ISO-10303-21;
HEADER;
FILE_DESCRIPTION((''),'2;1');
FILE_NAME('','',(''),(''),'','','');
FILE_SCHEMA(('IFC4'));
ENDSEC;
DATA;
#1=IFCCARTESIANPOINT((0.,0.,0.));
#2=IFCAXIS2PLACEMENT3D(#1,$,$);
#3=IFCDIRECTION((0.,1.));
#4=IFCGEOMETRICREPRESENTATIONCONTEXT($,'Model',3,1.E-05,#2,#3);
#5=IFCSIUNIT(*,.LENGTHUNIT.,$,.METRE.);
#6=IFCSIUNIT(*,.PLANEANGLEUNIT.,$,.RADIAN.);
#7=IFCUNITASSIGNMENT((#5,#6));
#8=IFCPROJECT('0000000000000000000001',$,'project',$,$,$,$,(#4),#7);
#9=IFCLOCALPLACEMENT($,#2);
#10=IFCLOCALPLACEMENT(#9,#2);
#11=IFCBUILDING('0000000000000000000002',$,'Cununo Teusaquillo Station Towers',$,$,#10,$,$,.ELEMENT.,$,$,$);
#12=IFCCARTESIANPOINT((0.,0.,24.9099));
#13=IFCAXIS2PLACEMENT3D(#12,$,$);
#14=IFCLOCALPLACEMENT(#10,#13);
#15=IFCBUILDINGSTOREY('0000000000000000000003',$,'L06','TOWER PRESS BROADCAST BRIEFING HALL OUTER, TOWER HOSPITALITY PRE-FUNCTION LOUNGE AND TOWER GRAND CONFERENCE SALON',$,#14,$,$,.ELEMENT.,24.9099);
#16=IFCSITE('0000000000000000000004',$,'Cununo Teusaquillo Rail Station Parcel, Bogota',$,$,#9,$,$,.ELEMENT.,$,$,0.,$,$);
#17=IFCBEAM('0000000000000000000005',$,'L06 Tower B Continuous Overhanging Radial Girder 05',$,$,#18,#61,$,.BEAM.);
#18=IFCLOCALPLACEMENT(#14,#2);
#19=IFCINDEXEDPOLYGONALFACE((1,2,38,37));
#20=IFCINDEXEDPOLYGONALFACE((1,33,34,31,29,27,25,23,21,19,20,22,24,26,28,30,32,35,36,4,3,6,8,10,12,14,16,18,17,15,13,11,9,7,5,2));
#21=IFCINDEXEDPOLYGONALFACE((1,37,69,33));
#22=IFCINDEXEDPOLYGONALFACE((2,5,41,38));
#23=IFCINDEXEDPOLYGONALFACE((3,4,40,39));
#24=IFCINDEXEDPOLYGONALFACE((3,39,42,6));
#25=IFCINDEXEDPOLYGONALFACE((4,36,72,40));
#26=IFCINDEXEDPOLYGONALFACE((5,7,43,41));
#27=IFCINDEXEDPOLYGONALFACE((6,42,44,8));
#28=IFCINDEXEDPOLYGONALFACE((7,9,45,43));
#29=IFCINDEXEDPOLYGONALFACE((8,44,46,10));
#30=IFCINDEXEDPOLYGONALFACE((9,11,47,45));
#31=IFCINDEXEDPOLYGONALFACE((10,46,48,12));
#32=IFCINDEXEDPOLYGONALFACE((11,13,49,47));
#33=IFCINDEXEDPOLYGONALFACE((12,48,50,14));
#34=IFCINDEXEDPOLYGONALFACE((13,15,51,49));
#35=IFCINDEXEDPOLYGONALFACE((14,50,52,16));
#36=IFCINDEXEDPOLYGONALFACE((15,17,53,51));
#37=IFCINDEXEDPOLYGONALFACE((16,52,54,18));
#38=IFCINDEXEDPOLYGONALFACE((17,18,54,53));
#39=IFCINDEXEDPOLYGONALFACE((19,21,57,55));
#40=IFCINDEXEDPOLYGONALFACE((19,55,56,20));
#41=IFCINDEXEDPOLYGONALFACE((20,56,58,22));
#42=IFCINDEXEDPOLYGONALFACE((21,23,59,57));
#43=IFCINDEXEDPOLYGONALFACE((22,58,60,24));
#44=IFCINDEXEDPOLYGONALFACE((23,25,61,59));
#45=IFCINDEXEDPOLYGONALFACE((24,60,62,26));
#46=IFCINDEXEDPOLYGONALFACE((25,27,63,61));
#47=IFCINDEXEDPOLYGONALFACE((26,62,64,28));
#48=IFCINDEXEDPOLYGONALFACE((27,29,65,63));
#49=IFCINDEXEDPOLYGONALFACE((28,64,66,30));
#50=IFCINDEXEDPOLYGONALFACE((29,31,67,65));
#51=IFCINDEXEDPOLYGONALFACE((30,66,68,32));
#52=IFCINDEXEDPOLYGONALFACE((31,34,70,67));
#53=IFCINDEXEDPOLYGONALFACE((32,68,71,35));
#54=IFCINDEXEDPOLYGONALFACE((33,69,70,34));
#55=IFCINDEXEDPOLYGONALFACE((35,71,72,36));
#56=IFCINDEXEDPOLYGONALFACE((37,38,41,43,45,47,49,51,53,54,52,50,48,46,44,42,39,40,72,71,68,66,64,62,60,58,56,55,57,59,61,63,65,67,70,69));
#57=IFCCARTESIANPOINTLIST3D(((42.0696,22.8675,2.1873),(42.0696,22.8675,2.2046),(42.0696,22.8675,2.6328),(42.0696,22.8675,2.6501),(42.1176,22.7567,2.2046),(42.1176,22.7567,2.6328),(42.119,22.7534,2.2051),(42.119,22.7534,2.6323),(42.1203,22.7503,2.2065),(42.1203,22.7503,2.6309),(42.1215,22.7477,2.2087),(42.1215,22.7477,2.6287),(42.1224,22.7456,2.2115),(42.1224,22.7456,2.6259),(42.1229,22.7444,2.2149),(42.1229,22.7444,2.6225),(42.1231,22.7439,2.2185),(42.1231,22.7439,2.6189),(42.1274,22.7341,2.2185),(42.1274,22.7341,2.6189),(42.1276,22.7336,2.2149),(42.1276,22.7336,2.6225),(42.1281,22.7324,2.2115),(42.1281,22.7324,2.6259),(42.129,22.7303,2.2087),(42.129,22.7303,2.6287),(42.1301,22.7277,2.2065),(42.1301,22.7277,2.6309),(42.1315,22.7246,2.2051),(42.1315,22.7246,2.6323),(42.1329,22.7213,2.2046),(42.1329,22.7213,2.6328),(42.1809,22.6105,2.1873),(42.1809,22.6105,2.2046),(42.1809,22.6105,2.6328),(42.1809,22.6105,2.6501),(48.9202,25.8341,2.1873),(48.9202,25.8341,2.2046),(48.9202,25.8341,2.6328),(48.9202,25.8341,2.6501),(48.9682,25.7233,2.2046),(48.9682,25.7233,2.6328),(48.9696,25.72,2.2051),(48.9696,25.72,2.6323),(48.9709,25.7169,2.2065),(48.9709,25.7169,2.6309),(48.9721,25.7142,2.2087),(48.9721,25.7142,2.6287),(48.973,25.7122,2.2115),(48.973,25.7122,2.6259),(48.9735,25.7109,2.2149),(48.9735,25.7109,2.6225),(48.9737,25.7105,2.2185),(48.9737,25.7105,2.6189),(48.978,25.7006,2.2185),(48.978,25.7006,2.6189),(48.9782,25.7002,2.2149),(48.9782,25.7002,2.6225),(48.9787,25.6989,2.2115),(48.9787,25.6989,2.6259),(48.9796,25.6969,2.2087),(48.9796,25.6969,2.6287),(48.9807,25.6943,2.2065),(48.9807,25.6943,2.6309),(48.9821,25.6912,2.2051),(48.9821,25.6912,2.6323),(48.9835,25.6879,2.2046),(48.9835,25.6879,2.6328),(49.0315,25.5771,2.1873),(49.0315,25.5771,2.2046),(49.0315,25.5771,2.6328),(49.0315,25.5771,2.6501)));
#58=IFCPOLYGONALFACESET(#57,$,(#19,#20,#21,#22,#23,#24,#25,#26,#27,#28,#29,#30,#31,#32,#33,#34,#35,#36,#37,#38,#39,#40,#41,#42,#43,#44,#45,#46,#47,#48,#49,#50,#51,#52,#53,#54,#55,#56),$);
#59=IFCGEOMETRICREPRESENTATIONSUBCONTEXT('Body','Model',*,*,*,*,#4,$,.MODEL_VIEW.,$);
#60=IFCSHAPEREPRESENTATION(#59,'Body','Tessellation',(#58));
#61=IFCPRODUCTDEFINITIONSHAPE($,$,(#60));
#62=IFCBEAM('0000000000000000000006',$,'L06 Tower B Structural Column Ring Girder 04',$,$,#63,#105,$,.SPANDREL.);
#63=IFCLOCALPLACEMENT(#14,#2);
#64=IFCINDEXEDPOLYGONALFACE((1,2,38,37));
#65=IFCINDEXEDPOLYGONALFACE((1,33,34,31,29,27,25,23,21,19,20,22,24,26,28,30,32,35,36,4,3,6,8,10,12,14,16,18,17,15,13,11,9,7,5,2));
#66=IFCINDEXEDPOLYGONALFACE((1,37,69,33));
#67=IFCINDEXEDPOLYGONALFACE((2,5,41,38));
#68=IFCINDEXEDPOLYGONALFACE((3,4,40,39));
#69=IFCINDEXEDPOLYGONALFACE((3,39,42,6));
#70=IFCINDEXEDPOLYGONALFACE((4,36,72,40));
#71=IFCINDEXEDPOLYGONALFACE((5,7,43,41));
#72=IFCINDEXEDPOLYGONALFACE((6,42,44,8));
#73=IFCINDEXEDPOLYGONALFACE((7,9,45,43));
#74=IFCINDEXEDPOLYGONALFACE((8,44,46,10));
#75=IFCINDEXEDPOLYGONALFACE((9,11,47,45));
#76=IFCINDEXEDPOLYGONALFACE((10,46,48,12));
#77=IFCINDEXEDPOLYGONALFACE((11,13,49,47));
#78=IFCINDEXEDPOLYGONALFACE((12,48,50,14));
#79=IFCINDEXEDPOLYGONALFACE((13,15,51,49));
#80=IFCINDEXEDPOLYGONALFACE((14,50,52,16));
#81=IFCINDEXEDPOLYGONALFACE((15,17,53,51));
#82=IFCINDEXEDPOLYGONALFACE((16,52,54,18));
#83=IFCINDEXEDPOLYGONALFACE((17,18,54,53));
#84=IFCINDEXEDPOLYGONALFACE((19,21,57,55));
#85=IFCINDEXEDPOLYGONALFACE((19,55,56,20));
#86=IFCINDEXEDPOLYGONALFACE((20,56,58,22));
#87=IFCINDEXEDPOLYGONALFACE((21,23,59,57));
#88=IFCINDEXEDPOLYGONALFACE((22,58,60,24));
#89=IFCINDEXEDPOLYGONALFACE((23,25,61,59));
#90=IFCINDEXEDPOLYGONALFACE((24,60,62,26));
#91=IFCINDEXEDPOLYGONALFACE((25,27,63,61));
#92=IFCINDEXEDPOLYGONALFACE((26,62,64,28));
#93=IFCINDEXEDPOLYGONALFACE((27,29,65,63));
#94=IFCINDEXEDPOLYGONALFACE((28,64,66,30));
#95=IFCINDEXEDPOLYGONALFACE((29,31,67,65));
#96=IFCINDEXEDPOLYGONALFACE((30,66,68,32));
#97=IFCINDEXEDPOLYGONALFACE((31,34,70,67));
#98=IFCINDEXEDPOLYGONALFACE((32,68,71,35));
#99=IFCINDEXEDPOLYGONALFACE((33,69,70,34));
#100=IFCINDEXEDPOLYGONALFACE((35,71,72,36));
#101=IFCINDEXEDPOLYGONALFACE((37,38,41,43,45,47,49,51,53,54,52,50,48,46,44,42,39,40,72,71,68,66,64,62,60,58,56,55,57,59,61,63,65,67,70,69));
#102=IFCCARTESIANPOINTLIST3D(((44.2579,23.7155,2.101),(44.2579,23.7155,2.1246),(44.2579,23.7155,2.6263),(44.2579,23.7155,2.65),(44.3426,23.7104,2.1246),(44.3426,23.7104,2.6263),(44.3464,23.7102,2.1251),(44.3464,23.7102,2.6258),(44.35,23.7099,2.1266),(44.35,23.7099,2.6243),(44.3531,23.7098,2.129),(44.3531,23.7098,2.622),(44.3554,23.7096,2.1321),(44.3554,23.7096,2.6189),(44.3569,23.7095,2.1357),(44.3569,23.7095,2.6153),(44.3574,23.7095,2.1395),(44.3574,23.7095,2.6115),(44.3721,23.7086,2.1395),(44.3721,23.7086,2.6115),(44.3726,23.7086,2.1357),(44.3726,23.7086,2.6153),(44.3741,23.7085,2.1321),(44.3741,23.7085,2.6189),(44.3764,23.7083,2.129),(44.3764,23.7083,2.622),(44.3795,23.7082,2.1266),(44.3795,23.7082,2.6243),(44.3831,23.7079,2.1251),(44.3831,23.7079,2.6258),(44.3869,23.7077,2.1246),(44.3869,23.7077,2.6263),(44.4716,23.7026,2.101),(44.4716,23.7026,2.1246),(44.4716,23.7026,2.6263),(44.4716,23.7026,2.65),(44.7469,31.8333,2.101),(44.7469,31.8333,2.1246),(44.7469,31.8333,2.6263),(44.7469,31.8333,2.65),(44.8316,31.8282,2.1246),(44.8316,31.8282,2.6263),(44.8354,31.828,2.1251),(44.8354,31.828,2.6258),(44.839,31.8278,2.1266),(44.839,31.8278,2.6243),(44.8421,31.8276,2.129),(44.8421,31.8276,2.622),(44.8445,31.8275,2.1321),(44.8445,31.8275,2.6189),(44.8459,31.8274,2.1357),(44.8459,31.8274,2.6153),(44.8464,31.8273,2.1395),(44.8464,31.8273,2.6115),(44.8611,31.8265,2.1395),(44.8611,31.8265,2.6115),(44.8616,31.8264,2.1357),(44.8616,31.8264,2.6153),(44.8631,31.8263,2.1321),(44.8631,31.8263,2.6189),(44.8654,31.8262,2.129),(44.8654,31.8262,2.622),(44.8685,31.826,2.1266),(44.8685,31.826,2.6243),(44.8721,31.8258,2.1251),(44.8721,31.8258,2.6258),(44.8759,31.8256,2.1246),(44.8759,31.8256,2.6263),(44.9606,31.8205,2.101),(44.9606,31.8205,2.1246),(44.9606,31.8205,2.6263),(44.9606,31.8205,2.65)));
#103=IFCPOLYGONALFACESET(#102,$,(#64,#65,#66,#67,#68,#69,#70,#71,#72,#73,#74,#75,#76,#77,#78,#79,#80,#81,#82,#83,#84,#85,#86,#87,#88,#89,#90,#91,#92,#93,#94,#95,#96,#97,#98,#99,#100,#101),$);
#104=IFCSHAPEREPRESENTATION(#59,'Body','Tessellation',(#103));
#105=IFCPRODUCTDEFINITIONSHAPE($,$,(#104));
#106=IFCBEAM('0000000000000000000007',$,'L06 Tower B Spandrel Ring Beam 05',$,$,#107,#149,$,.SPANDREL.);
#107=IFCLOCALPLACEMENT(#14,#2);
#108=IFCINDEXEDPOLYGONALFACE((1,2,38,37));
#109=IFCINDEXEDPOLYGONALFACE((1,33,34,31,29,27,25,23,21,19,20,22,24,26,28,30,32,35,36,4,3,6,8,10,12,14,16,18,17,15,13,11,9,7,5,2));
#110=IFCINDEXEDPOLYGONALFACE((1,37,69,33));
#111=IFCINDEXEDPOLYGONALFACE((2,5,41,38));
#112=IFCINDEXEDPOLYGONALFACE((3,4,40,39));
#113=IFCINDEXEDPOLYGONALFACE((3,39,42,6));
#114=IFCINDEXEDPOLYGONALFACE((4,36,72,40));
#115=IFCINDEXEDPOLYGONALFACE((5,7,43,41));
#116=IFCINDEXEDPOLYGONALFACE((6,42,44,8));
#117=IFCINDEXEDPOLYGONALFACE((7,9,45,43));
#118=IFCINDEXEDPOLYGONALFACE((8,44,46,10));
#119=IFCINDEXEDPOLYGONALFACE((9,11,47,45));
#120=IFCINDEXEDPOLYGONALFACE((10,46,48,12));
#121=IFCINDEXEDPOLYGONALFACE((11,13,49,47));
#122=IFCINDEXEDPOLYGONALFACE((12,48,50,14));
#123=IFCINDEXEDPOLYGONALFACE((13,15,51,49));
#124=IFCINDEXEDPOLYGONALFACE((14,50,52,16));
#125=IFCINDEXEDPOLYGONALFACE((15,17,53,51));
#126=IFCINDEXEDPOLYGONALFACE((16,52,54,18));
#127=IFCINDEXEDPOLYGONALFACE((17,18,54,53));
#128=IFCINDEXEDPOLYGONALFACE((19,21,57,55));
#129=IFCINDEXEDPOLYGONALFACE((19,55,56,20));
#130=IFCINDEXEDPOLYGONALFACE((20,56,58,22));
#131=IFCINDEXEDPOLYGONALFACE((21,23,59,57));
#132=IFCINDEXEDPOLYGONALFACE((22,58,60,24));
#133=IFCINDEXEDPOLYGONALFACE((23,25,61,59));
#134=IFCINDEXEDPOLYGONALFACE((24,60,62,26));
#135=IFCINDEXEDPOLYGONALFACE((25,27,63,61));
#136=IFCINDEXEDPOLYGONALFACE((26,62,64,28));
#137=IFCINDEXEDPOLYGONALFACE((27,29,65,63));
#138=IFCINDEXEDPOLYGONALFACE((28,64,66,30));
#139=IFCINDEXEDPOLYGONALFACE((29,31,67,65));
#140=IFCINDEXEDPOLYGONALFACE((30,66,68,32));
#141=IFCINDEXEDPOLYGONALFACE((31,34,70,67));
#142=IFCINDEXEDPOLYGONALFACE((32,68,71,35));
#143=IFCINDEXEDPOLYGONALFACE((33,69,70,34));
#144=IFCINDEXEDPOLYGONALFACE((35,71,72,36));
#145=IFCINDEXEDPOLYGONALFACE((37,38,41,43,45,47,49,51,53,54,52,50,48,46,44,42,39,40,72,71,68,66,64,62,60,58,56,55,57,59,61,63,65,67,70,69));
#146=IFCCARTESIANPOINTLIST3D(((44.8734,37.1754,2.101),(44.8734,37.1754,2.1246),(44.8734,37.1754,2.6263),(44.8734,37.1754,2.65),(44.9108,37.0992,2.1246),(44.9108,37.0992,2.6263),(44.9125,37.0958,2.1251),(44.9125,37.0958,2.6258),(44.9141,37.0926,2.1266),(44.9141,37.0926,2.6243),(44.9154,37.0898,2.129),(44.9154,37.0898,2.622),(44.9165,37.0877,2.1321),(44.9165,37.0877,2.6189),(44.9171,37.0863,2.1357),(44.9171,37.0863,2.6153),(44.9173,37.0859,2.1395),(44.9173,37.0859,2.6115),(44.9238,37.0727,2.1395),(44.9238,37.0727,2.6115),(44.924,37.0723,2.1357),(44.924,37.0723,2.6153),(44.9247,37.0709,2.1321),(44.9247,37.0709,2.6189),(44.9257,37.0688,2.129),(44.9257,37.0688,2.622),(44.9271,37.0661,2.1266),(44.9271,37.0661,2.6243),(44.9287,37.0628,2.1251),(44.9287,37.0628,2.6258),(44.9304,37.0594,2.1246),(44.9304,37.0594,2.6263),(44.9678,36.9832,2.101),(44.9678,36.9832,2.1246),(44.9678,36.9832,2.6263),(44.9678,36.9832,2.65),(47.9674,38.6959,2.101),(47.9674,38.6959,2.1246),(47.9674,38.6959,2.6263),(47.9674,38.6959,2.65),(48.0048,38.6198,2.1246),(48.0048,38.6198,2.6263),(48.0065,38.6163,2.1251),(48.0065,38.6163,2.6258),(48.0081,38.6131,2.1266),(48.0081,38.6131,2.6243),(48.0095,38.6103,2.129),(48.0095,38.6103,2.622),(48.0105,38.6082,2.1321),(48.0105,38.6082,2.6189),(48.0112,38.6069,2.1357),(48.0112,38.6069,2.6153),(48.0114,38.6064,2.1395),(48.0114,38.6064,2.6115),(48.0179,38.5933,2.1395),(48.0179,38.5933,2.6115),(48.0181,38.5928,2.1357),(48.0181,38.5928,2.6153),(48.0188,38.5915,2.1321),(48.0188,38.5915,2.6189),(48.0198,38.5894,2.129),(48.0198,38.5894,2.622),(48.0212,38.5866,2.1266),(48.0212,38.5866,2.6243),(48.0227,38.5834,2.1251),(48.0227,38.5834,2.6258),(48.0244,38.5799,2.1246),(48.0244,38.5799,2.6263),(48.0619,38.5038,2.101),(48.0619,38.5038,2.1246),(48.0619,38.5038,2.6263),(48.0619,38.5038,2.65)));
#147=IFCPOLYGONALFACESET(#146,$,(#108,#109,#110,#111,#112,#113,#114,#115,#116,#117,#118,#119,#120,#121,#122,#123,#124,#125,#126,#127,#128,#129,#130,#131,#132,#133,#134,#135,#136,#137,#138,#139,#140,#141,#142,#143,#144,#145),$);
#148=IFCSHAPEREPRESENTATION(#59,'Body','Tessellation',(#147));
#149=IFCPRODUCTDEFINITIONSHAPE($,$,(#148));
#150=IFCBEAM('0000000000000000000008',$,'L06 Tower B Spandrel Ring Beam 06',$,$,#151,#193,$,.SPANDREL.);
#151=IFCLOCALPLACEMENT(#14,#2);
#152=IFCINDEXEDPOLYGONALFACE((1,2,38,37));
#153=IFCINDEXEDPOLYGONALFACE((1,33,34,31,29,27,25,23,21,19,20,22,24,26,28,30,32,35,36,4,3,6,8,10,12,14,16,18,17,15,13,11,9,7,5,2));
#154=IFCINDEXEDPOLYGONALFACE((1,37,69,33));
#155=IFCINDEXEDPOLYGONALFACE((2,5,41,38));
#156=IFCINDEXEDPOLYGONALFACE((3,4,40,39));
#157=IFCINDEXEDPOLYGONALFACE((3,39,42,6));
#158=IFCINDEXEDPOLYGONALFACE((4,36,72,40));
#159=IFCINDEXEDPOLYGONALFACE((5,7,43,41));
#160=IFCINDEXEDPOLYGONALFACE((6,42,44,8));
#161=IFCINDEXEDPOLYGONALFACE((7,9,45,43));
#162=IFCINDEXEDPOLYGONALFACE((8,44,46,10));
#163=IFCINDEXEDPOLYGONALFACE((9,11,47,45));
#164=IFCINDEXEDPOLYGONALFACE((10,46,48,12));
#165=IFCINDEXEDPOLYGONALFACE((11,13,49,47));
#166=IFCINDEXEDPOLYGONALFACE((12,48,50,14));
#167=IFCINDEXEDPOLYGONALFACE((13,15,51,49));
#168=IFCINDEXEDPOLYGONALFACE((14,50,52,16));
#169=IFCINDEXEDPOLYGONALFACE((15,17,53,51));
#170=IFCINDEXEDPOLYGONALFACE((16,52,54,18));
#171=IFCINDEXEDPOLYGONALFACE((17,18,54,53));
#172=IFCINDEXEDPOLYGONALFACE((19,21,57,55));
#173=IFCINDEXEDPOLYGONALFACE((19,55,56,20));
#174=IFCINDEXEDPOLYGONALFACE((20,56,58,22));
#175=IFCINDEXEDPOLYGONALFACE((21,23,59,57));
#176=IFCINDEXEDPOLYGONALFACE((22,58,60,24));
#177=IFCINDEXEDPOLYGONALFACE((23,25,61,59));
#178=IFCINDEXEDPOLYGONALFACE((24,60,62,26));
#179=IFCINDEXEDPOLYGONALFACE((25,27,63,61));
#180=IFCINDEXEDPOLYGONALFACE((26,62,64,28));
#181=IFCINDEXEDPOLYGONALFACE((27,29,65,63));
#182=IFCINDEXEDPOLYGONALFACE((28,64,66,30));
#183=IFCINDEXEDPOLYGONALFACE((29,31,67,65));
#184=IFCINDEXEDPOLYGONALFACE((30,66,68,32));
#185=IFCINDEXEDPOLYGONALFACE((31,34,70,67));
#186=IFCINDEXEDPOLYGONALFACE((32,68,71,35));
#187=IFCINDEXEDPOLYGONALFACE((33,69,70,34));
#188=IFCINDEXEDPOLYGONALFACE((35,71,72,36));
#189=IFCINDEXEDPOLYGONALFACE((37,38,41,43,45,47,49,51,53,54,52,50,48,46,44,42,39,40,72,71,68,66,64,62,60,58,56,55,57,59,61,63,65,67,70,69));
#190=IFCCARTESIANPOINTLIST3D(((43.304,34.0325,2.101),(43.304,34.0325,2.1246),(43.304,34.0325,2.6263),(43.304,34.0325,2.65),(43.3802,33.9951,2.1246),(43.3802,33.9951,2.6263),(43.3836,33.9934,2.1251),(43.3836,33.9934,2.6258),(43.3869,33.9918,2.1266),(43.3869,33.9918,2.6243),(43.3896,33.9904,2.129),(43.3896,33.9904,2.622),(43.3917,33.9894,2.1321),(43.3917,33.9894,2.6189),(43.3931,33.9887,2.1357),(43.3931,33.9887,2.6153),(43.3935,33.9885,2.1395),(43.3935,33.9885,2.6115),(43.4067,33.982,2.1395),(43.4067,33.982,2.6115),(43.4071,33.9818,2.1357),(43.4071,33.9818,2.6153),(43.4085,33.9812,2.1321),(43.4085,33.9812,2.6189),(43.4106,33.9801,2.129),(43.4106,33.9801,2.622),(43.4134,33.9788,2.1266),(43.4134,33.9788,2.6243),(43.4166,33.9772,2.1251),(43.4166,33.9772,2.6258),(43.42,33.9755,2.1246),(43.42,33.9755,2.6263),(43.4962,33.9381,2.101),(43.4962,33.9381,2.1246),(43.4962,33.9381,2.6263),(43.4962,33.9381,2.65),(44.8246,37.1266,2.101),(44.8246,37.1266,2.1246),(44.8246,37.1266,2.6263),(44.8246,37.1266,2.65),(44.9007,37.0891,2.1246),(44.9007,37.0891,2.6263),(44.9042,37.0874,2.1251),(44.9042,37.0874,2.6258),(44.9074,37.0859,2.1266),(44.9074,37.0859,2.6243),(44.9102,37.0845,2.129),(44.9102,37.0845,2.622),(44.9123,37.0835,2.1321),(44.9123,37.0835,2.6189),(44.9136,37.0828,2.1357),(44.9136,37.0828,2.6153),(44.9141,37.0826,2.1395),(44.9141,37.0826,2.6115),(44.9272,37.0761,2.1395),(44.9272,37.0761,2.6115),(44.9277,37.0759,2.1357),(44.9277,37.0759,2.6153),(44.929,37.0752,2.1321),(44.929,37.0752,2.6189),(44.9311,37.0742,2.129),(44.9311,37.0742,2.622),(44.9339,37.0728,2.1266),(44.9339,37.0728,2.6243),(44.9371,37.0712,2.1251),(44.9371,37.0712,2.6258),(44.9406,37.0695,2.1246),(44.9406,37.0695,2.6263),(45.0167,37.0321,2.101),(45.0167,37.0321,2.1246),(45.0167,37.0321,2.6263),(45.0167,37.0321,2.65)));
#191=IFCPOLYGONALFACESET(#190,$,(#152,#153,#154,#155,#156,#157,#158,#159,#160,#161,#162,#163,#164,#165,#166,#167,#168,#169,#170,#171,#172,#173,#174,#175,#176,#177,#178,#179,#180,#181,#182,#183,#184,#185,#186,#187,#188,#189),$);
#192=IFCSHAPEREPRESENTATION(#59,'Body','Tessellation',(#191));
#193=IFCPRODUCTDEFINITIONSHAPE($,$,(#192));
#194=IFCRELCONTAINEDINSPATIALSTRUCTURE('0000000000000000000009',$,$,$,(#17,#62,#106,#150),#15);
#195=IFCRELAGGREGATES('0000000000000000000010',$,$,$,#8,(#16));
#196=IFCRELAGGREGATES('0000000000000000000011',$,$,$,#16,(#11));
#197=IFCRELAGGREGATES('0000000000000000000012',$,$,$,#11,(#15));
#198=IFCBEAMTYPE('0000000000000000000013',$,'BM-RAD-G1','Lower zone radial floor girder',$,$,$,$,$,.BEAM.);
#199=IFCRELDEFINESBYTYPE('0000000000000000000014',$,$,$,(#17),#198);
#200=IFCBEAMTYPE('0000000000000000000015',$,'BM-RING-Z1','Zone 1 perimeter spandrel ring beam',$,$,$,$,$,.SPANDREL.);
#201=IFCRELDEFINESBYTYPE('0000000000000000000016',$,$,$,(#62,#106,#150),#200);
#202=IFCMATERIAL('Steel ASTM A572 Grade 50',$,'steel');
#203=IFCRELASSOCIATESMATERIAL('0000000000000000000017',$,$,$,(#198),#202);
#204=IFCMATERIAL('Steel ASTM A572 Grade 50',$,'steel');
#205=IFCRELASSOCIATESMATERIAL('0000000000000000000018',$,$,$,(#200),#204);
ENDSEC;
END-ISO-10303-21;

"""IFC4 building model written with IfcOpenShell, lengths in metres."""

from ifc_helpers import new_model, si_unit, direction, frame, origin, origin_2d, place, context, subcontext, project, spatial, i_section, extrude, material, material_profile, profile_set, type_object, element, save


model = new_model("IFC4")

# Units and contexts
model_context = context("Model", 3, precision=1e-05, world=origin(), true_north=direction((0.0, 1.0)))
body_context = subcontext(model_context, "Body", "Model", "MODEL_VIEW")
ifc_project = project(units=[si_unit("LENGTHUNIT", "METRE"), si_unit("PLANEANGLEUNIT", "RADIAN")], contexts=[model_context])

# Site, building, storey
site_placement = place(None, origin())
site = spatial("IfcSite", under=ifc_project, at=site_placement, Name="Cununo Teusaquillo Rail Station Parcel, Bogota", CompositionType="ELEMENT", RefElevation=0.0)
building_placement = place(site_placement, origin())
building = spatial("IfcBuilding", under=site, at=building_placement, Name="Cununo Teusaquillo Station Towers", CompositionType="ELEMENT")
storey_placement = place(building_placement, frame((0.0, 0.0, 24.9099)))
storey = spatial("IfcBuildingStorey", under=building, at=storey_placement, Name="L06", Description="TOWER PRESS BROADCAST BRIEFING HALL OUTER, TOWER HOSPITALITY PRE-FUNCTION LOUNGE AND TOWER GRAND CONFERENCE SALON", CompositionType="ELEMENT", Elevation=24.9099)

# Beams
ifc_material_1 = material(Name="Steel ASTM A572 Grade 50", Category="steel")
ifc_material_profile_1 = material_profile(ifc_material_1, i_section(OverallWidth=0.28, OverallDepth=0.4629, WebThickness=0.0107, FlangeThickness=0.0173, FilletRadius=0.0139, at=origin_2d()), Name="W18X76")
ifc_profile_set_1 = profile_set([ifc_material_profile_1], Name="Steel ASTM A572 Grade 50")
beam_type_1 = type_object("IfcBeamType", Name="BM-RAD-G1", Description="Lower zone radial floor girder", PredefinedType="BEAM", material=ifc_profile_set_1)
beam_1_placement = place(storey_placement, frame((48.9758, 25.7056, 2.4187), z_axis=(-0.917655, -0.397378, 0.0), x_axis=(0.397378, -0.917655, 0.0)))
element("IfcBeam", 1, at=beam_1_placement, inside=storey, type_object=beam_type_1, Name="L06 Tower B Continuous Overhanging Radial Girder 05", PredefinedType="BEAM", context=body_context, shape_type="SweptSolid", body=[
    extrude(i_section(OverallWidth=0.28, OverallDepth=0.4629, WebThickness=0.0107, FlangeThickness=0.0173, FilletRadius=0.0139, at=origin_2d()), origin(), (0.0, 0.0, 1.0), 7.4653),
])
ifc_material_2 = material(Name="Steel ASTM A572 Grade 50", Category="steel")
ifc_material_profile_2 = material_profile(ifc_material_2, i_section(OverallWidth=0.2141, OverallDepth=0.5491, WebThickness=0.0146, FlangeThickness=0.0237, FilletRadius=0.0149, at=origin_2d()), Name="W21X93")
ifc_profile_set_2 = profile_set([ifc_material_profile_2], Name="Steel ASTM A572 Grade 50")
beam_type_2 = type_object("IfcBeamType", Name="BM-RING-Z1", Description="Zone 1 perimeter spandrel ring beam", PredefinedType="SPANDREL", material=ifc_profile_set_2)
beam_2_placement = place(storey_placement, frame((44.8538, 31.8269, 2.3755), z_axis=(-0.06013, -0.998191, 0.0), x_axis=(0.998191, -0.06013, 0.0)))
element("IfcBeam", 2, at=beam_2_placement, inside=storey, type_object=beam_type_2, Name="L06 Tower B Structural Column Ring Girder 04", PredefinedType="SPANDREL", context=body_context, shape_type="SweptSolid", body=[
    extrude(i_section(OverallWidth=0.2141, OverallDepth=0.5491, WebThickness=0.0146, FlangeThickness=0.0237, FilletRadius=0.0149, at=origin_2d()), origin(), (0.0, 0.0, 1.0), 8.1326),
])
for number, where, z_axis, x_axis, name in (
    (3, (48.0146, 38.5999, 2.3755), (-0.89748, -0.441056, 0.0), (0.441056, -0.89748, 0.0), "L06 Tower B Spandrel Ring Beam 05"),
    (4, (44.9207, 37.0793, 2.3755), (-0.441056, -0.89748, 0.0), (0.89748, -0.441056, 0.0), "L06 Tower B Spandrel Ring Beam 06"),
):
    element("IfcBeam", number, at=place(storey_placement, frame(where, z_axis=z_axis, x_axis=x_axis)), inside=storey, type_object=beam_type_2, Name=name, PredefinedType="SPANDREL", context=body_context, shape_type="SweptSolid", body=[
        extrude(i_section(OverallWidth=0.2141, OverallDepth=0.5491, WebThickness=0.0146, FlangeThickness=0.0237, FilletRadius=0.0149, at=origin_2d()), origin(), (0.0, 0.0, 1.0), 3.4475),
    ])

save(model, "model.ifc")
